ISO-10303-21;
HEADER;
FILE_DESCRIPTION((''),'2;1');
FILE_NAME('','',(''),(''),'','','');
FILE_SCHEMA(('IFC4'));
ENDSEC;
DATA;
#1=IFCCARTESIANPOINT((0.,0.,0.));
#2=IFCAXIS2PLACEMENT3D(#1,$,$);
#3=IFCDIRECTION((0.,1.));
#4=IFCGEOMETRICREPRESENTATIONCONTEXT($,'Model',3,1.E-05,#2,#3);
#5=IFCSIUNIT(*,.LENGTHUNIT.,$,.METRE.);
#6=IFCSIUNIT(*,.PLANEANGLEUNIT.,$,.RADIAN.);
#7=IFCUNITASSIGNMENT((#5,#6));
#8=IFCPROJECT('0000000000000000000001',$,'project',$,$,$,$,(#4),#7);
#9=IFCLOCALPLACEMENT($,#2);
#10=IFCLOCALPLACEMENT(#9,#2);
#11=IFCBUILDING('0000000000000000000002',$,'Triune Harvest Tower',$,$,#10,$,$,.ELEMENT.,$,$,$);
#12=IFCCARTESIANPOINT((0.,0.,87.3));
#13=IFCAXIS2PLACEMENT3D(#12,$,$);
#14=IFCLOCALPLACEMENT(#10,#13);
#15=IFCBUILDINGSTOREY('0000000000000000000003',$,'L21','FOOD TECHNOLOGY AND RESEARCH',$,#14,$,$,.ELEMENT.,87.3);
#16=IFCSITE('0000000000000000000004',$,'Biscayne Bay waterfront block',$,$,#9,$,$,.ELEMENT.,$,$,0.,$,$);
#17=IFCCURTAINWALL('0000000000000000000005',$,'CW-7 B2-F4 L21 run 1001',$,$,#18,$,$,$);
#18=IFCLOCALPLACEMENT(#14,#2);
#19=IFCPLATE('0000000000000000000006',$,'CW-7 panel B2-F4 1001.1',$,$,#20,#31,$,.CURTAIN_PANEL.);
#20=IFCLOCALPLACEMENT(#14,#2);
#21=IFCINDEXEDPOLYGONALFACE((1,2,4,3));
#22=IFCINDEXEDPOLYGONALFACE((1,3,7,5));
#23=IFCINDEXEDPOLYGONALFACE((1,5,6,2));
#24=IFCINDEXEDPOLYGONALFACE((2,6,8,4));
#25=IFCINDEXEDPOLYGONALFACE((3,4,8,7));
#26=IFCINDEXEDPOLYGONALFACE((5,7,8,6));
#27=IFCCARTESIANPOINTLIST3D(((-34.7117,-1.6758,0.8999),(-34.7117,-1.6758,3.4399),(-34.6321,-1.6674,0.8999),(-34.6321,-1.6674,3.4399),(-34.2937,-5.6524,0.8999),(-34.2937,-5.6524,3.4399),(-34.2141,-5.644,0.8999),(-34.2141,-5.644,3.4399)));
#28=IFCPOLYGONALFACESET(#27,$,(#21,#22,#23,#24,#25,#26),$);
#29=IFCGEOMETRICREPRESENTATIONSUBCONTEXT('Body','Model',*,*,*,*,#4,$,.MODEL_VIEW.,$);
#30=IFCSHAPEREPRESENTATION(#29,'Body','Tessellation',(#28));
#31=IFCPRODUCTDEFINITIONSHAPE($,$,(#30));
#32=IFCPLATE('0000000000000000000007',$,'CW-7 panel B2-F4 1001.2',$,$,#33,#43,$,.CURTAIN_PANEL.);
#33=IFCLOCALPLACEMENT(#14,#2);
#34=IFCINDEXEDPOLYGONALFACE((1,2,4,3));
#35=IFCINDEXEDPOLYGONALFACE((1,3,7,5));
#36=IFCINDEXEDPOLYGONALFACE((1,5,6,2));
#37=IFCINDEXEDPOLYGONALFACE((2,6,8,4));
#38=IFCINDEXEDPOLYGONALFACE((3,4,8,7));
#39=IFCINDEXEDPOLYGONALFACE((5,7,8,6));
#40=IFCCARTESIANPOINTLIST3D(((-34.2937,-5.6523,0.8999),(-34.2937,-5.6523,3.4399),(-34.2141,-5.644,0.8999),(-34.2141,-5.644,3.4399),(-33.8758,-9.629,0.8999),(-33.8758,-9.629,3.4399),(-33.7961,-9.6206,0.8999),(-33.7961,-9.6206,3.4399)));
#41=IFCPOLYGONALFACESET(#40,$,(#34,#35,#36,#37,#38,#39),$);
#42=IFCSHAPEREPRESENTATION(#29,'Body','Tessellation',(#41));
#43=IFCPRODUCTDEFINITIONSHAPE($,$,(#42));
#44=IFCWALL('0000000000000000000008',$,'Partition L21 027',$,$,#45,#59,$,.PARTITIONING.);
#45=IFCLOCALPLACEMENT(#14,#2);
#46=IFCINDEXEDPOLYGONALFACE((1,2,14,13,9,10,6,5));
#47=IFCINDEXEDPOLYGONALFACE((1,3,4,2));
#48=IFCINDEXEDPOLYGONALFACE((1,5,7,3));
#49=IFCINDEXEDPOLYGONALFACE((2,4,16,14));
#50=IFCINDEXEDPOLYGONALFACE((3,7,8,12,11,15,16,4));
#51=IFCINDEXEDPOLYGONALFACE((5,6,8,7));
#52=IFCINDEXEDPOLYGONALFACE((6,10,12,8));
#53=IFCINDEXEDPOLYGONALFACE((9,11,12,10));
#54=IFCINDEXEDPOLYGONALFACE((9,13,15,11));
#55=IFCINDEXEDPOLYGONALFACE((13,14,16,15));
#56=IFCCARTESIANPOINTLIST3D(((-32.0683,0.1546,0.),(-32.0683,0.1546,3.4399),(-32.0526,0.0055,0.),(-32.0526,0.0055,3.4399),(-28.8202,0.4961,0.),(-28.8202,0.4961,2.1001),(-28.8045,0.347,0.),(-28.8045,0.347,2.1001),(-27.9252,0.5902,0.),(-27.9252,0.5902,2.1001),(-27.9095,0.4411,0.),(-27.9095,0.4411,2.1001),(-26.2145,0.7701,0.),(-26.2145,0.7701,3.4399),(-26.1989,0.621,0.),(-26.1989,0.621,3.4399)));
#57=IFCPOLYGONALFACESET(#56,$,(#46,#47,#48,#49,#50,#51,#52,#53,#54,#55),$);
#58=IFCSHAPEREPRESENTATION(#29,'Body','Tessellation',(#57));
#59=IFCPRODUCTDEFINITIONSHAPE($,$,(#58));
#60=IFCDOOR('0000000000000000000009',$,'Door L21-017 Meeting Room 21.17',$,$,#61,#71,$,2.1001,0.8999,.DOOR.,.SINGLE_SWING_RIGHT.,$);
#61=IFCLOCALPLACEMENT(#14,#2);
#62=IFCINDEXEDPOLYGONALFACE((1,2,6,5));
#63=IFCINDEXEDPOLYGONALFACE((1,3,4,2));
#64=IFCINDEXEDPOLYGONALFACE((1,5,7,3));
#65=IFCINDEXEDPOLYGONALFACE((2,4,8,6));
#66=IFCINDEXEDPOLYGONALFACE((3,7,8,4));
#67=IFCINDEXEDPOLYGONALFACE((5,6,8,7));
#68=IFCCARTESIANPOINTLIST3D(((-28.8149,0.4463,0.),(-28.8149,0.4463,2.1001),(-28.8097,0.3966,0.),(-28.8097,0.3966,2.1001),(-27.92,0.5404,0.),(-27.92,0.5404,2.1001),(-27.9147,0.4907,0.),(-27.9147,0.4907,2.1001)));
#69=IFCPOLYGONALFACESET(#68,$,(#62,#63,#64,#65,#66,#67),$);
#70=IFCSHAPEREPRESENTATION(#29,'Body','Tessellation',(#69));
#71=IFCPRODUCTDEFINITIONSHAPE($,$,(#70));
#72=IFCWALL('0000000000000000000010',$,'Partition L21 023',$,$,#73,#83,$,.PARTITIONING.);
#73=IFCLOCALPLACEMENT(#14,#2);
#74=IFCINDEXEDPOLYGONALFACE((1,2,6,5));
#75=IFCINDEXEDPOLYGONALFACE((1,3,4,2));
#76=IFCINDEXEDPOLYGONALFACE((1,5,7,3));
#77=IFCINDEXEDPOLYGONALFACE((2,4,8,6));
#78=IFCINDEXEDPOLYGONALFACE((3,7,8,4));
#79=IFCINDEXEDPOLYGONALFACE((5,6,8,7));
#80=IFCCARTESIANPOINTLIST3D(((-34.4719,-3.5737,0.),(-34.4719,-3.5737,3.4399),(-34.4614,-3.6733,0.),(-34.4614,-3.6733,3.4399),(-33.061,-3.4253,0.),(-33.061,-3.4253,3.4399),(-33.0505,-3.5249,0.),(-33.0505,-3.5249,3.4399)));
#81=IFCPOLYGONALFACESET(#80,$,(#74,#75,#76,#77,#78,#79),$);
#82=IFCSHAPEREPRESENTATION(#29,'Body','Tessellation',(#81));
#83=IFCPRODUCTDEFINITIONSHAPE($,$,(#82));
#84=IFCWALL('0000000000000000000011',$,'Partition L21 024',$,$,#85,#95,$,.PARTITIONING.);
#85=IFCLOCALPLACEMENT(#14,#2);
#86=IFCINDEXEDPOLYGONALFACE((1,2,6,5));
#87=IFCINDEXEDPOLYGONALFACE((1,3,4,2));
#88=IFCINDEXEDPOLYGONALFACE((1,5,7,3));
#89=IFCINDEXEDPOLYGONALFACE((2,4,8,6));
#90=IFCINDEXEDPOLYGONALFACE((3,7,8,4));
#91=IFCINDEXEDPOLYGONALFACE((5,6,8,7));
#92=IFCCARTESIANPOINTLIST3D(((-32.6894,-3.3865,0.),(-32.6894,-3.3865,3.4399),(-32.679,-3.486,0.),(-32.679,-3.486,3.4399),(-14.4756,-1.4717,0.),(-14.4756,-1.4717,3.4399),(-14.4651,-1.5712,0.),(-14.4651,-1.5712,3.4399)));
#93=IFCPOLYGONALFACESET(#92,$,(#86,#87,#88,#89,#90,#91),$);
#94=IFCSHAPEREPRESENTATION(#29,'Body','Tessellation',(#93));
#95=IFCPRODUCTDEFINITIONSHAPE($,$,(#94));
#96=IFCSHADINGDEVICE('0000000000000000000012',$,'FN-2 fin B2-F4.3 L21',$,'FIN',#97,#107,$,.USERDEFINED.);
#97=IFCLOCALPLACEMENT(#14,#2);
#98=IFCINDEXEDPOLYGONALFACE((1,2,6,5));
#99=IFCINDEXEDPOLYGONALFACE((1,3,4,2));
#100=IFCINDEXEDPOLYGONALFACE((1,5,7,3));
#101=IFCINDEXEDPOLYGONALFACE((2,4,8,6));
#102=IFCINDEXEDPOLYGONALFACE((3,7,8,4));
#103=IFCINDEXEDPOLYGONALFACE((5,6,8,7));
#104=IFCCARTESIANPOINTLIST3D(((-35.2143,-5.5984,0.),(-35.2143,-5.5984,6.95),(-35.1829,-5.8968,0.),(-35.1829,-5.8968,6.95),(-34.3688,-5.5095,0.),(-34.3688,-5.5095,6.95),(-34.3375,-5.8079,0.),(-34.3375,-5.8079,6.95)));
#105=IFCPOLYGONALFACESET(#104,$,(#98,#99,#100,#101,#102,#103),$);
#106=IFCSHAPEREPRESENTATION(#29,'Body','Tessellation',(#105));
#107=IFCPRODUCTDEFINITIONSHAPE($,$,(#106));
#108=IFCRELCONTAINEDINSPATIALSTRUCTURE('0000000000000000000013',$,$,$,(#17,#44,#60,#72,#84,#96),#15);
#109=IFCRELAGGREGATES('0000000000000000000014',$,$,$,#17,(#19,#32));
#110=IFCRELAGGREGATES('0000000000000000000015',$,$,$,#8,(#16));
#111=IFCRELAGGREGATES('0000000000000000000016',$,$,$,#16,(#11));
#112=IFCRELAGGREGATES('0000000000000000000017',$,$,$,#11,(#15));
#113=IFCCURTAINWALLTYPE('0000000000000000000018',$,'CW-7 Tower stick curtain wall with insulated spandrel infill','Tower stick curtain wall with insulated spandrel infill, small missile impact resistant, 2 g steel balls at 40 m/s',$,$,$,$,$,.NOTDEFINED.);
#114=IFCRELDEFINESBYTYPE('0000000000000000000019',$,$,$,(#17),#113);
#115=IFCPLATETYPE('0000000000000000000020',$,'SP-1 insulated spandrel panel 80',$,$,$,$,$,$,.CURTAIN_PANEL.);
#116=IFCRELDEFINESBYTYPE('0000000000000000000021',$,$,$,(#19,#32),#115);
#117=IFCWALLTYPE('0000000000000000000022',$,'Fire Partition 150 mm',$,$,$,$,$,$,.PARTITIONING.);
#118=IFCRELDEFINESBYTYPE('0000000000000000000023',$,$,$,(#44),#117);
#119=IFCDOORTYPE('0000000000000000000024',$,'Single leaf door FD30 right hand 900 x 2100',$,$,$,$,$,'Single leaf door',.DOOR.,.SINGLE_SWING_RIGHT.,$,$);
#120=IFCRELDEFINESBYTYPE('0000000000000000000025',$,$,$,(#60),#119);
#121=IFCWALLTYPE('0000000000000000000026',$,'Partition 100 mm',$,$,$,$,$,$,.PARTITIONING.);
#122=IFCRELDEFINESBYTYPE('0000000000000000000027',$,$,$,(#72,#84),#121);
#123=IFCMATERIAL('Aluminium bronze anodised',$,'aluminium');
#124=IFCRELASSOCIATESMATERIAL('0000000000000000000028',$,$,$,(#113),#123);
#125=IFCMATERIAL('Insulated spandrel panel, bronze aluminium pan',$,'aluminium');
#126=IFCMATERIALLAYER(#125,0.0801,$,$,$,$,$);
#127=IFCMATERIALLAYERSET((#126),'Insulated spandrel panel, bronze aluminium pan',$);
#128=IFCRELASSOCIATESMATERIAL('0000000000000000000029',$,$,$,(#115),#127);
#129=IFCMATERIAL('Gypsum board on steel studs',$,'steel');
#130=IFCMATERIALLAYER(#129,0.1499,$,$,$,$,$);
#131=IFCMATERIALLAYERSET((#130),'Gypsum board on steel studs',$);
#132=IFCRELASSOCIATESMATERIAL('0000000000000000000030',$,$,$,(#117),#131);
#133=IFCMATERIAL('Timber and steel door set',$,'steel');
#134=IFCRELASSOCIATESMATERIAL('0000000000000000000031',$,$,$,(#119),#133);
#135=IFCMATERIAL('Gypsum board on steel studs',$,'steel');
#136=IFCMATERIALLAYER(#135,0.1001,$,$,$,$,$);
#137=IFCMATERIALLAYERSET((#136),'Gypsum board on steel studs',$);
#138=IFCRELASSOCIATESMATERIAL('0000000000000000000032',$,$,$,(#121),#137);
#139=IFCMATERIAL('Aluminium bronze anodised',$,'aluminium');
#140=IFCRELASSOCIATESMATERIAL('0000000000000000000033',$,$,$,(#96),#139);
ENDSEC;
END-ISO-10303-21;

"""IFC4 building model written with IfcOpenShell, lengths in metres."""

from ifc_helpers import new_model, si_unit, direction, frame, frame_2d, origin, origin_2d, place, context, subcontext, project, spatial, rectangle, extrude, source, transform, mapped, material, layer, layer_set, type_object, element, fill, aggregate, save


model = new_model("IFC4")

# Units and contexts
model_context = context("Model", 3, precision=1e-05, world=origin(), true_north=direction((0.0, 1.0)))
body_context = subcontext(model_context, "Body", "Model", "MODEL_VIEW")
ifc_project = project(units=[si_unit("LENGTHUNIT", "METRE"), si_unit("PLANEANGLEUNIT", "RADIAN")], contexts=[model_context])

# Site, building, storey
site_placement = place(None, origin())
site = spatial("IfcSite", under=ifc_project, at=site_placement, Name="Biscayne Bay waterfront block", CompositionType="ELEMENT", RefElevation=0.0)
building_placement = place(site_placement, origin())
building = spatial("IfcBuilding", under=site, at=building_placement, Name="Triune Harvest Tower", CompositionType="ELEMENT")
storey_placement = place(building_placement, frame((0.0, 0.0, 87.3)))
storey = spatial("IfcBuildingStorey", under=building, at=storey_placement, Name="L21", Description="FOOD TECHNOLOGY AND RESEARCH", CompositionType="ELEMENT", Elevation=87.3)

# Curtain wall
ifc_material_1 = material(Name="Aluminium bronze anodised", Category="aluminium")
curtain_wall_type_1 = type_object("IfcCurtainWallType", Name="CW-7 Tower stick curtain wall with insulated spandrel infill", Description="Tower stick curtain wall with insulated spandrel infill, small missile impact resistant, 2 g steel balls at 40 m/s", PredefinedType="NOTDEFINED", material=ifc_material_1)
curtain_wall_1_placement = place(storey_placement, origin())
curtain_wall_1 = element("IfcCurtainWall", 1, at=curtain_wall_1_placement, inside=storey, type_object=curtain_wall_type_1, Name="CW-7 B2-F4 L21 run 1001")

# Plates
ifc_material_2 = material(Name="Insulated spandrel panel, bronze aluminium pan", Category="aluminium")
ifc_layer_1 = layer(ifc_material_2, 0.0801)
ifc_layer_set_1 = layer_set([ifc_layer_1], Name="Insulated spandrel panel, bronze aluminium pan")
plate_type_1 = type_object("IfcPlateType", Name="SP-1 insulated spandrel panel 80", PredefinedType="CURTAIN_PANEL", material=ifc_layer_set_1)
shared_shape_1 = source(origin(), body_context, "Body", "SweptSolid", [
    extrude(rectangle(XDim=3.9985, YDim=0.0801, at=origin_2d()), origin(), (0.0, 0.0, 1.0), 2.54),
])
plate_1_placement = place(storey_placement, frame((-34.4629, -3.6599, 0.8999), z_axis=(0.0, 0.0, 1.0), x_axis=(0.104529, -0.994522, 0.0)))
plate_1 = element("IfcPlate", 2, at=plate_1_placement, type_object=plate_type_1, Name="CW-7 panel B2-F4 1001.1", PredefinedType="CURTAIN_PANEL", context=body_context, shape_type="MappedRepresentation", body=[
    mapped(shared_shape_1, transform((0.0, 0.0, 0.0), scale=1.0)),
])
plate_2_placement = place(storey_placement, frame((-34.0449, -7.6365, 0.8999), z_axis=(0.0, 0.0, 1.0), x_axis=(0.104529, -0.994522, 0.0)))
plate_2 = element("IfcPlate", 3, at=plate_2_placement, type_object=plate_type_1, Name="CW-7 panel B2-F4 1001.2", PredefinedType="CURTAIN_PANEL", context=body_context, shape_type="MappedRepresentation", body=[
    mapped(shared_shape_1, transform((0.0, 0.0, 0.0), scale=1.0)),
])
aggregate(curtain_wall_1, [plate_1, plate_2])

# Wall, opening, door
ifc_material_3 = material(Name="Gypsum board on steel studs", Category="steel")
ifc_layer_2 = layer(ifc_material_3, 0.1499)
ifc_layer_set_2 = layer_set([ifc_layer_2], Name="Gypsum board on steel studs")
wall_type_1 = type_object("IfcWallType", Name="Fire Partition 150 mm", PredefinedType="PARTITIONING", material=ifc_layer_set_2)
wall_1_placement = place(storey_placement, frame((-32.0603, 0.0801, 0.0), z_axis=(0.0, 0.0, 1.0), x_axis=(0.994518, 0.104566, 0.0)))
wall_1 = element("IfcWall", 4, at=wall_1_placement, inside=storey, type_object=wall_type_1, Name="Partition L21 027", PredefinedType="PARTITIONING", context=body_context, shape_type="SweptSolid", body=[
    extrude(rectangle(XDim=5.886, YDim=0.1499, at=frame_2d((2.9429, 0.0))), origin(), (0.0, 0.0, 1.0), 3.4399),
])
opening_placement = place(wall_1_placement, frame((3.2659, 0.0, 0.0)))
opening = element("IfcOpeningElement", 5, at=opening_placement, cuts=wall_1, PredefinedType="OPENING", context=body_context, shape_type="SweptSolid", body=[
    extrude(rectangle(XDim=0.8999, YDim=2.1001, at=frame_2d((0.45, 1.05))), frame((0.0, 0.085, 0.0), z_axis=(0.0, -1.0, 0.0), x_axis=(1.0, 0.0, 0.0)), (0.0, 0.0, 1.0), 0.1699),
])
ifc_material_4 = material(Name="Timber and steel door set", Category="steel")
door_type = type_object("IfcDoorType", Name="Single leaf door FD30 right hand 900 x 2100", ElementType="Single leaf door", OperationType="SINGLE_SWING_RIGHT", PredefinedType="DOOR", material=ifc_material_4)
door_placement = place(opening_placement, origin())
door = element("IfcDoor", 6, at=door_placement, inside=storey, type_object=door_type, Name="Door L21-017 Meeting Room 21.17", OperationType="SINGLE_SWING_RIGHT", OverallHeight=2.1001, OverallWidth=0.8999, PredefinedType="DOOR", context=body_context, shape_type="SweptSolid", body=[
    extrude(rectangle(XDim=0.8999, YDim=2.1001, at=frame_2d((0.45, 1.05))), frame((0.0, 0.0249, 0.0), z_axis=(0.0, -1.0, 0.0), x_axis=(1.0, 0.0, 0.0)), (0.0, 0.0, 1.0), 0.05),
])
fill(opening, door)

# Walls
ifc_material_5 = material(Name="Gypsum board on steel studs", Category="steel")
ifc_layer_3 = layer(ifc_material_5, 0.1001)
ifc_layer_set_3 = layer_set([ifc_layer_3], Name="Gypsum board on steel studs")
wall_type_2 = type_object("IfcWallType", Name="Partition 100 mm", PredefinedType="PARTITIONING", material=ifc_layer_set_3)
shared_shape_2 = source(origin(), body_context, "Body", "SweptSolid", [
    extrude(rectangle(XDim=1.4187, YDim=0.1001, at=frame_2d((0.7095, 0.0))), origin(), (0.0, 0.0, 1.0), 3.4399),
])
wall_2_placement = place(storey_placement, frame((-34.4668, -3.6235, 0.0), z_axis=(0.0, 0.0, 1.0), x_axis=(0.994511, 0.104631, 0.0)))
element("IfcWall", 7, at=wall_2_placement, inside=storey, type_object=wall_type_2, Name="Partition L21 023", PredefinedType="PARTITIONING", context=body_context, shape_type="MappedRepresentation", body=[
    mapped(shared_shape_2, transform((0.0, 0.0, 0.0), scale=1.0)),
])
shared_shape_3 = source(origin(), body_context, "Body", "SweptSolid", [
    extrude(rectangle(XDim=18.3142, YDim=0.1001, at=frame_2d((9.1572, 0.0))), origin(), (0.0, 0.0, 1.0), 3.4399),
])
wall_3_placement = place(storey_placement, frame((-32.6843, -3.4363, 0.0), z_axis=(0.0, 0.0, 1.0), x_axis=(0.994519, 0.104552, 0.0)))
element("IfcWall", 8, at=wall_3_placement, inside=storey, type_object=wall_type_2, Name="Partition L21 024", PredefinedType="PARTITIONING", context=body_context, shape_type="MappedRepresentation", body=[
    mapped(shared_shape_3, transform((0.0, 0.0, 0.0), scale=1.0)),
])

# Shading device
ifc_material_6 = material(Name="Aluminium bronze anodised", Category="aluminium")
shared_shape_4 = source(origin(), body_context, "Body", "SweptSolid", [
    extrude(rectangle(XDim=0.3, YDim=0.8501, at=origin_2d()), origin(), (0.0, 0.0, 1.0), 6.95),
])
shading_device_placement = place(storey_placement, frame((-34.7759, -5.7031, 0.0), z_axis=(0.0, 0.0, 1.0), x_axis=(0.104529, -0.994522, 0.0)))
element("IfcShadingDevice", 9, at=shading_device_placement, inside=storey, material=ifc_material_6, Name="FN-2 fin B2-F4.3 L21", ObjectType="FIN", PredefinedType="USERDEFINED", context=body_context, shape_type="MappedRepresentation", body=[
    mapped(shared_shape_4, transform((0.0, 0.0, 0.0), scale=1.0)),
])

save(model, "model.ifc")
